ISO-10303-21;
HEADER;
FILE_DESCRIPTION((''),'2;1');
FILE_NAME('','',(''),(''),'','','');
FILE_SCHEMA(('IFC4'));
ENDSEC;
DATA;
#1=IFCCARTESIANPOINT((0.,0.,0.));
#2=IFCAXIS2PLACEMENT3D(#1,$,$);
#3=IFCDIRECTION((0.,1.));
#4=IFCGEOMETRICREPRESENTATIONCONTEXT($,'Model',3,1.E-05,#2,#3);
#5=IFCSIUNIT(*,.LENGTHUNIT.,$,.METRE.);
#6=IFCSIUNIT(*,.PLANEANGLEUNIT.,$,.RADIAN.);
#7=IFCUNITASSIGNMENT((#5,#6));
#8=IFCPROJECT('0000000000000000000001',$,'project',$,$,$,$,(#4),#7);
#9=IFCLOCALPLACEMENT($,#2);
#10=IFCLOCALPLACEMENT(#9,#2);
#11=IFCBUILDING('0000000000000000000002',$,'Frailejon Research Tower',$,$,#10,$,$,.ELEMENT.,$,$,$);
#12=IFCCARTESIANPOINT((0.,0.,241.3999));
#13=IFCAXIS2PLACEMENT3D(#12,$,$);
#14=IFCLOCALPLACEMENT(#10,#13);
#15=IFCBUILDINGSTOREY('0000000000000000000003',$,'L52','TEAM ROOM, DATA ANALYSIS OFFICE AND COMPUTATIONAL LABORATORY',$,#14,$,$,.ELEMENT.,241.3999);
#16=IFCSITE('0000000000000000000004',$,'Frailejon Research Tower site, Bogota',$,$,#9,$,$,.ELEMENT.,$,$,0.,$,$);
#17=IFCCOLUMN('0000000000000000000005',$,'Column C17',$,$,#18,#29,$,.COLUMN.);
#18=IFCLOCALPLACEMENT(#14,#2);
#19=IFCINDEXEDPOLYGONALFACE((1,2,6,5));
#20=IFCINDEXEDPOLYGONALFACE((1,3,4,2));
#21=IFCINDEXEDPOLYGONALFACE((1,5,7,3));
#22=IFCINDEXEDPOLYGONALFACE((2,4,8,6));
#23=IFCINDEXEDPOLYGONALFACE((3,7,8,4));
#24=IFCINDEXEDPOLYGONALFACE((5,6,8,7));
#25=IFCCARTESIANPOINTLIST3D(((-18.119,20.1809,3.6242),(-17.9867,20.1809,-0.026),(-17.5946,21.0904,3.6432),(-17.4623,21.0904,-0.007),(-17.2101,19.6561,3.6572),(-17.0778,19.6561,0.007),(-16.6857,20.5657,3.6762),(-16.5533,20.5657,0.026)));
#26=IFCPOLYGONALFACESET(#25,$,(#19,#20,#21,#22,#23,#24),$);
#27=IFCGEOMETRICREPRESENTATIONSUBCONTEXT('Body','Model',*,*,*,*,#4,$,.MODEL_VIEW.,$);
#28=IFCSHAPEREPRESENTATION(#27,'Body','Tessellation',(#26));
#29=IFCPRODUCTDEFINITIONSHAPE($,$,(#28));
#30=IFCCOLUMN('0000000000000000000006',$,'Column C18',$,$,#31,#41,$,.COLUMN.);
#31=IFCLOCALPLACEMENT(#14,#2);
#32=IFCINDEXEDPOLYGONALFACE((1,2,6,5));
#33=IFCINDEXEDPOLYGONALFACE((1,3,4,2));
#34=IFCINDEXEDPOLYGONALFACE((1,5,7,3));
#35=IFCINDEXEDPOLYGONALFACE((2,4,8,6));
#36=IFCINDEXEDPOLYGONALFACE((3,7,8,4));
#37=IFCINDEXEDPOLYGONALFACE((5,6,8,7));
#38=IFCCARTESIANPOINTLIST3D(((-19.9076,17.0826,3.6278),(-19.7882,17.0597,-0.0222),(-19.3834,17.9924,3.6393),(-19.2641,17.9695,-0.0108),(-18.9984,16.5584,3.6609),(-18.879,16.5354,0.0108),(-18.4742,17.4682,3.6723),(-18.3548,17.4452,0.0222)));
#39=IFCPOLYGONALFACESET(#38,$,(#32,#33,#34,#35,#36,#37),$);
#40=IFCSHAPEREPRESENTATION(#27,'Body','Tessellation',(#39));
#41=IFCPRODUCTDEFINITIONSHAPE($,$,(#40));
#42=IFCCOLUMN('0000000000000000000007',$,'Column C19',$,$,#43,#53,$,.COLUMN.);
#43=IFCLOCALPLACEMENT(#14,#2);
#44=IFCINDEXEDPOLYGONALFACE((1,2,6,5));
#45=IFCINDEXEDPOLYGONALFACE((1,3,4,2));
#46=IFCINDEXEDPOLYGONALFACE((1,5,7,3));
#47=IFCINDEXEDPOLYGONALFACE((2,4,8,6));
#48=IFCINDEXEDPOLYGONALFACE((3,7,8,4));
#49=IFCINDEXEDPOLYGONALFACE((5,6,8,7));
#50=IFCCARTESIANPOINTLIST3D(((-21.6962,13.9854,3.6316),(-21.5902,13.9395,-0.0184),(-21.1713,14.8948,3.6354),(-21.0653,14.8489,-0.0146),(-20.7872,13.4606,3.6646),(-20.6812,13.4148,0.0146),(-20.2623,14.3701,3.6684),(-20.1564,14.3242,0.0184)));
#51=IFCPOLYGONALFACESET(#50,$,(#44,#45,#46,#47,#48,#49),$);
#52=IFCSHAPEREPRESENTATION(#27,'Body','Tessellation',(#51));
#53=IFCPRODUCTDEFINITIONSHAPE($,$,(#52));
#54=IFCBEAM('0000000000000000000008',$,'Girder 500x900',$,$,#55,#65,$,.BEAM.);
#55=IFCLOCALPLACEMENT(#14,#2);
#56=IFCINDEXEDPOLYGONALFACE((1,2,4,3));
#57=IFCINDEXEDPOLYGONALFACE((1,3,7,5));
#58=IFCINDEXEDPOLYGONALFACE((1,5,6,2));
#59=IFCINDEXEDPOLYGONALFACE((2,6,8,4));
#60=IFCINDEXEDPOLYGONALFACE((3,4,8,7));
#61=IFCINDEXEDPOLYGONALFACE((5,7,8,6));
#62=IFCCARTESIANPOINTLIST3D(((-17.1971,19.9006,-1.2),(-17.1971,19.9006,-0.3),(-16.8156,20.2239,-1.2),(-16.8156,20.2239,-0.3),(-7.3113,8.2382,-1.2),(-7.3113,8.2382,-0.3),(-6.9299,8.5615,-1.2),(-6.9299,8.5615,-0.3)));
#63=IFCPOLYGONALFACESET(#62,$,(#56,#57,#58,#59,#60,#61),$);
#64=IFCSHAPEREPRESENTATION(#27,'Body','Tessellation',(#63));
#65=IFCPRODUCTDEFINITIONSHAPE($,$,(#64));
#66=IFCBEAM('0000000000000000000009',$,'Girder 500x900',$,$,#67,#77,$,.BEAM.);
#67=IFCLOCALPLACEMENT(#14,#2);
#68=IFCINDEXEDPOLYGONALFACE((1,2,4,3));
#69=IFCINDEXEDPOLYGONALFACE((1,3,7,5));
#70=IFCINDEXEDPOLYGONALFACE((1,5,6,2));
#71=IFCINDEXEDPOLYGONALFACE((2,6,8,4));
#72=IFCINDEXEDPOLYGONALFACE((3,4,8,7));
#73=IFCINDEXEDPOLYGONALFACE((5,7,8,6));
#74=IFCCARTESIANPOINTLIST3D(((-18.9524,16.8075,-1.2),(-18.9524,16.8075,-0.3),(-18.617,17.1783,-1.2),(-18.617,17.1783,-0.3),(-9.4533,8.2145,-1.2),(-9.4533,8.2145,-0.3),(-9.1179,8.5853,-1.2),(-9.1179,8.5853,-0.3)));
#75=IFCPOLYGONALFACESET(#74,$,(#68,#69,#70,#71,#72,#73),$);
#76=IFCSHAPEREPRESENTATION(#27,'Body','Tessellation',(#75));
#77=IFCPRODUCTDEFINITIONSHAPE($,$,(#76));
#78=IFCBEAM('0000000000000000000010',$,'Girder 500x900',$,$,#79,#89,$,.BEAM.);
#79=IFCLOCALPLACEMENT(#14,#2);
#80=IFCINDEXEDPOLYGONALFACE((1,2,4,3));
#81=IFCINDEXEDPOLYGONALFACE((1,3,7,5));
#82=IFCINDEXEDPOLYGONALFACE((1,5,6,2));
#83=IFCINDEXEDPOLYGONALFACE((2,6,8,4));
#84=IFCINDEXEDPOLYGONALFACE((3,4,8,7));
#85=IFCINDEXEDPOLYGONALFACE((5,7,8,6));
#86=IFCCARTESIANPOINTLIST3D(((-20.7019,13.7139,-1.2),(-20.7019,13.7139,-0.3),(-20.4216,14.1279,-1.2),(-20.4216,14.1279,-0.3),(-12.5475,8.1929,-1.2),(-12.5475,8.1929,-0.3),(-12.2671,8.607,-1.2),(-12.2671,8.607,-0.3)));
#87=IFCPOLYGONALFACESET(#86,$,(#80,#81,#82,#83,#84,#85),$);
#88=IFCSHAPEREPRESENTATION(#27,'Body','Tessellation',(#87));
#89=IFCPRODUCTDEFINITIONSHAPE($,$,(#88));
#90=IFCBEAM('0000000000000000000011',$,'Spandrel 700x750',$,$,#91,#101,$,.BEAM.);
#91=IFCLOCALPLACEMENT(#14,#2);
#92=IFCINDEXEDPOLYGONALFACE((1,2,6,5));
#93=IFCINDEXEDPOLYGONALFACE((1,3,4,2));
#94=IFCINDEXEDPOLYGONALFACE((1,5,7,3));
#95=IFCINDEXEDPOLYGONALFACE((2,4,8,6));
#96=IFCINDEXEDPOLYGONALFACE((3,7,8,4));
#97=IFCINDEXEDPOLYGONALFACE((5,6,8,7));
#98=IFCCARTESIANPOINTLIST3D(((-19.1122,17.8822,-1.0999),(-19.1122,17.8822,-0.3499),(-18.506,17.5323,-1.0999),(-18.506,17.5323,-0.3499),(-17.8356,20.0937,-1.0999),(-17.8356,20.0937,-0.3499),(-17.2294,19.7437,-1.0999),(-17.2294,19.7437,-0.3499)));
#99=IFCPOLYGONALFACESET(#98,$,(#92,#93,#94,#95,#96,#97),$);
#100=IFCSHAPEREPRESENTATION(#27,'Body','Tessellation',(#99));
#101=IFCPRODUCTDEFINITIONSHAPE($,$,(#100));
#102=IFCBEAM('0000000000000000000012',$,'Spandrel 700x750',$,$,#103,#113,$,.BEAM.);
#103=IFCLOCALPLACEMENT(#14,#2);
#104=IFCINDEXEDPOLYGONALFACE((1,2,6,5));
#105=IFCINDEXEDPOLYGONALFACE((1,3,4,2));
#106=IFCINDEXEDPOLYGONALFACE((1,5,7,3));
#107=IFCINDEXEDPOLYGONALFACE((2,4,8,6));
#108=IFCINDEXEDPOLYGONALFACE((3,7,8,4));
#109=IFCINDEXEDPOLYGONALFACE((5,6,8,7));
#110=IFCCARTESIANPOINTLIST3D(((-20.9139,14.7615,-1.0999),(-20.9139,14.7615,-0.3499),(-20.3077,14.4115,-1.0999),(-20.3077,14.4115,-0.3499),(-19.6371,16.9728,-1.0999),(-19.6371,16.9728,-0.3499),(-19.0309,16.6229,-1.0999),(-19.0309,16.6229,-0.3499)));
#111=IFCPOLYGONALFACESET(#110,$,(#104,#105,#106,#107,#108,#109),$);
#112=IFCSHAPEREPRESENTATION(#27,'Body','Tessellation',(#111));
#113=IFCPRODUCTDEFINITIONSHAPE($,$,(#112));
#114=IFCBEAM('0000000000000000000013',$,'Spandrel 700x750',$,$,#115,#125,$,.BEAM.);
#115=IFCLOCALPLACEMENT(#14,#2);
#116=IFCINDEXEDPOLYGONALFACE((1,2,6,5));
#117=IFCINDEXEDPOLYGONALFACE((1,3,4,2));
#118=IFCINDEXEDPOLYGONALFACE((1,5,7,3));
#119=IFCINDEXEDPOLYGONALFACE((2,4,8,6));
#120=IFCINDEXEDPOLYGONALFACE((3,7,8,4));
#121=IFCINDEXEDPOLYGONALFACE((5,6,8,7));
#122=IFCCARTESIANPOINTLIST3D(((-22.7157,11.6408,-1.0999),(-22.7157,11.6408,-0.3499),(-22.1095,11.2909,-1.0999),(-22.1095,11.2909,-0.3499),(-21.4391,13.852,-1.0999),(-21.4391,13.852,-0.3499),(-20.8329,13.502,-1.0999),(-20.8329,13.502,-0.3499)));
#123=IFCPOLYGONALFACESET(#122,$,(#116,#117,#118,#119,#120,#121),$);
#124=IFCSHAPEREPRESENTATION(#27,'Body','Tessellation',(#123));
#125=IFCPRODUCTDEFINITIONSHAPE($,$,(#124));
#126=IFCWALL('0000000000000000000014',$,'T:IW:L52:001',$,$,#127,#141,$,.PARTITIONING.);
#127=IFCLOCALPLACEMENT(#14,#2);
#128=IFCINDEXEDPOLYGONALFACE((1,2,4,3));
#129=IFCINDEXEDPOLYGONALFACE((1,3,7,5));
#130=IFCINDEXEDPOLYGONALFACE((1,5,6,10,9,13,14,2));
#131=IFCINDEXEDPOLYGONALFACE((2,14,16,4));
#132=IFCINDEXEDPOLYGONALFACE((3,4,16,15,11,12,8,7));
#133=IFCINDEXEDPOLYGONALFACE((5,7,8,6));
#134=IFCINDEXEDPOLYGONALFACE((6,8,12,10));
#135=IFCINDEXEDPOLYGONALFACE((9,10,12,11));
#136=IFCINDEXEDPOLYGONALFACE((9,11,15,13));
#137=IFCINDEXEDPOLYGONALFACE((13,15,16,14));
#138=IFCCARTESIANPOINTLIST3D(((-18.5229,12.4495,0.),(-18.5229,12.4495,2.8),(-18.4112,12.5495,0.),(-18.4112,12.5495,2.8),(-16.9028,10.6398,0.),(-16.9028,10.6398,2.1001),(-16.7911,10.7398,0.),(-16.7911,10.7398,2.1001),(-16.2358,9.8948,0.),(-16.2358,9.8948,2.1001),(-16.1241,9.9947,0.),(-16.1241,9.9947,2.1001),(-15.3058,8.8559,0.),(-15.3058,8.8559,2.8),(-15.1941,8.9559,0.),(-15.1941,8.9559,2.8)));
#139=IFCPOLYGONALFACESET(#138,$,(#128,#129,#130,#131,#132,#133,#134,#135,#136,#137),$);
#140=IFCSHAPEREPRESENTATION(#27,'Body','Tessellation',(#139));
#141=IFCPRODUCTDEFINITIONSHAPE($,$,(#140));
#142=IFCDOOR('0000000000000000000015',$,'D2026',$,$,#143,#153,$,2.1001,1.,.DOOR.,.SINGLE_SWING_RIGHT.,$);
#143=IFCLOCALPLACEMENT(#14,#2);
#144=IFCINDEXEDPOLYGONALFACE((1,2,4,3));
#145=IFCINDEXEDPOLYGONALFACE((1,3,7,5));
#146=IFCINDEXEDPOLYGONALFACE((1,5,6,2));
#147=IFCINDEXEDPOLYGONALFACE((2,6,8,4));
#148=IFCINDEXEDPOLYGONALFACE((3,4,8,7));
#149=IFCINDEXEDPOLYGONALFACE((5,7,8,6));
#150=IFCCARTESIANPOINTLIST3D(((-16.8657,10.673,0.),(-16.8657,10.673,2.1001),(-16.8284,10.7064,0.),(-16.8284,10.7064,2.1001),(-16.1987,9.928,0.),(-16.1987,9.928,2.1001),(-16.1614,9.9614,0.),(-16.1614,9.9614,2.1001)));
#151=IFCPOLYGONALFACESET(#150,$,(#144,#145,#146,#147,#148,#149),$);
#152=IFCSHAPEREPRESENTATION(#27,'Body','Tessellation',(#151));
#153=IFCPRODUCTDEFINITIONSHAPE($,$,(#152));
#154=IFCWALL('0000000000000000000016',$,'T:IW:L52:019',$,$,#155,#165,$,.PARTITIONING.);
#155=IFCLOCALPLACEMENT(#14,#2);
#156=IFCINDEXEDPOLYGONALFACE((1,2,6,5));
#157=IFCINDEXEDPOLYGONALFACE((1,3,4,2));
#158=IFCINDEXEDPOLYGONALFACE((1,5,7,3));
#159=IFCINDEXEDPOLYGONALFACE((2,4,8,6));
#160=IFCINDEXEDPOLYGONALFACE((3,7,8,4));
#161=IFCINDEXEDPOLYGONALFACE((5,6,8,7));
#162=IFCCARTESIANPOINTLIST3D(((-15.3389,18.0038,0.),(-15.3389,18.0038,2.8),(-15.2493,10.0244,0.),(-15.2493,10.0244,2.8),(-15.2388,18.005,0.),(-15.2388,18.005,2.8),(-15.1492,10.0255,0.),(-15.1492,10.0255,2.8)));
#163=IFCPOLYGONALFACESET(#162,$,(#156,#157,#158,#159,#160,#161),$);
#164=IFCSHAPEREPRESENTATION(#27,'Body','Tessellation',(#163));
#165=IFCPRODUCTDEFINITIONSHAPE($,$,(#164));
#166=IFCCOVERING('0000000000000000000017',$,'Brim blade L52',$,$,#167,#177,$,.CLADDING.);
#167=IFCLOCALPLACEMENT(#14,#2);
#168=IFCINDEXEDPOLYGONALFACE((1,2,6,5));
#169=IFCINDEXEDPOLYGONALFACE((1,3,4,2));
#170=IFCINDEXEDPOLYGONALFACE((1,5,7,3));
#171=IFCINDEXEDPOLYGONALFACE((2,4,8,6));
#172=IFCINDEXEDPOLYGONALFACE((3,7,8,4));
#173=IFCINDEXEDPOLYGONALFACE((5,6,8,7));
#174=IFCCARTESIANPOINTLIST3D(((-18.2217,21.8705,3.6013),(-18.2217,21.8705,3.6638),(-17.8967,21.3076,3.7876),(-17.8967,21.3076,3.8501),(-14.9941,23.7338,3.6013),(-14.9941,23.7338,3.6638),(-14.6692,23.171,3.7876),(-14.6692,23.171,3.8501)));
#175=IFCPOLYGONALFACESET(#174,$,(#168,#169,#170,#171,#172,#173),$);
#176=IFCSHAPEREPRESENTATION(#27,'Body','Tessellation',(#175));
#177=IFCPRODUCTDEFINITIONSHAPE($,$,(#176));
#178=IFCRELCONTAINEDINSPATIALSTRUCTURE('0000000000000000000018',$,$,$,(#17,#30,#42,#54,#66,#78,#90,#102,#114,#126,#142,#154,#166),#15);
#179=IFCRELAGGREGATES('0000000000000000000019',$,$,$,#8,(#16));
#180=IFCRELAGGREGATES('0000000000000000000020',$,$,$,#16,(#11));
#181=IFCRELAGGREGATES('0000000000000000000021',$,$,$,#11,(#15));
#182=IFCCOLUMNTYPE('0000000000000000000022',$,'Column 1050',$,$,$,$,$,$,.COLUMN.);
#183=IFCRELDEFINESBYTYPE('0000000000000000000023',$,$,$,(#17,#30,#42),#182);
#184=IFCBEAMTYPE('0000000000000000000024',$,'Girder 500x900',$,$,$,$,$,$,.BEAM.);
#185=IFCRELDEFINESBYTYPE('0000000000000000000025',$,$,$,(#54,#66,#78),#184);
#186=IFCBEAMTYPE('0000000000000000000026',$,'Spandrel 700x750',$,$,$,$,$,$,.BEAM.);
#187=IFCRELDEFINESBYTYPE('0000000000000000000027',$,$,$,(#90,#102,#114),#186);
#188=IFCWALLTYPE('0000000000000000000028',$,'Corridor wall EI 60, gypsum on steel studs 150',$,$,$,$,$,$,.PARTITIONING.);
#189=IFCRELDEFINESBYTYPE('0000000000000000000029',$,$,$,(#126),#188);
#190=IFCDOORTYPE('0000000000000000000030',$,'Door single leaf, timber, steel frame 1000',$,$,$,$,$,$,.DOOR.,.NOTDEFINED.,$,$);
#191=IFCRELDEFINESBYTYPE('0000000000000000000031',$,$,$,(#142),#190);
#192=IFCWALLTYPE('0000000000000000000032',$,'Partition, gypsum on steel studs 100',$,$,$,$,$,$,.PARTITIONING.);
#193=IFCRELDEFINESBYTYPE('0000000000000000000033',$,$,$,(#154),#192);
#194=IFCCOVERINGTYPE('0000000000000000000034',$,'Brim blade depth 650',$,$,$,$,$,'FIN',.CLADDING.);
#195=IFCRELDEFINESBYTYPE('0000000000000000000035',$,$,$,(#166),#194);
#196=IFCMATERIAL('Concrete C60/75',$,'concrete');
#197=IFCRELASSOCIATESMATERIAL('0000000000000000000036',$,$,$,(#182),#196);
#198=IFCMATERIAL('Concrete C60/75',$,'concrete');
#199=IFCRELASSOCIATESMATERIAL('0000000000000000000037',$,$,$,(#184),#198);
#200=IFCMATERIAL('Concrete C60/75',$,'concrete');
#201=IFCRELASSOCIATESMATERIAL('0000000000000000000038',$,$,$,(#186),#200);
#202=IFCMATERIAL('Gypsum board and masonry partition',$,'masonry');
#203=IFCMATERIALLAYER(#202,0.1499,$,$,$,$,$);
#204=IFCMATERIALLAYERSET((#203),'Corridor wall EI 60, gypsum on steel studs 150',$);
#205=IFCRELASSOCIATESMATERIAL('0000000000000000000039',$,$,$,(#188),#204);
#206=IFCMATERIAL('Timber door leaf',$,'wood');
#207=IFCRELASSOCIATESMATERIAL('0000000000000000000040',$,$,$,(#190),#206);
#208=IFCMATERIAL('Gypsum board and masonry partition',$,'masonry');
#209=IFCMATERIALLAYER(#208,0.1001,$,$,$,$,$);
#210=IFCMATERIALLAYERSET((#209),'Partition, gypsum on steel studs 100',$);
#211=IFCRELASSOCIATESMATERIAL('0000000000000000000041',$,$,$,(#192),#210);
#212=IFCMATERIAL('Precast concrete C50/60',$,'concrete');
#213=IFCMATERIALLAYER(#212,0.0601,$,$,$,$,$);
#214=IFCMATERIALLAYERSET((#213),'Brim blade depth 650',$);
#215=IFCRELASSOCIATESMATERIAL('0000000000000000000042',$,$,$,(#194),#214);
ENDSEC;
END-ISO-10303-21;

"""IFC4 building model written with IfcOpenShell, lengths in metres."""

from ifc_helpers import new_model, si_unit, direction, frame, frame_2d, origin, origin_2d, place, context, subcontext, project, spatial, polyline, rectangle, outline, extrude, material, layer, layer_set, material_profile, profile_set, type_object, element, fill, save


model = new_model("IFC4")

# Units and contexts
model_context = context("Model", 3, precision=1e-05, world=origin(), true_north=direction((0.0, 1.0)))
body_context = subcontext(model_context, "Body", "Model", "MODEL_VIEW")
ifc_project = project(units=[si_unit("LENGTHUNIT", "METRE"), si_unit("PLANEANGLEUNIT", "RADIAN")], contexts=[model_context])

# Site, building, storey
site_placement = place(None, origin())
site = spatial("IfcSite", under=ifc_project, at=site_placement, Name="Frailejon Research Tower site, Bogota", CompositionType="ELEMENT", RefElevation=0.0)
building_placement = place(site_placement, origin())
building = spatial("IfcBuilding", under=site, at=building_placement, Name="Frailejon Research Tower", CompositionType="ELEMENT")
storey_placement = place(building_placement, frame((0.0, 0.0, 241.3999)))
storey = spatial("IfcBuildingStorey", under=building, at=storey_placement, Name="L52", Description="TEAM ROOM, DATA ANALYSIS OFFICE AND COMPUTATIONAL LABORATORY", CompositionType="ELEMENT", Elevation=241.3999)

# Columns
ifc_material_1 = material(Name="Concrete C60/75", Category="concrete")
ifc_material_profile_1 = material_profile(ifc_material_1, rectangle(XDim=1.05, YDim=1.05, at=origin_2d()), Name="Column 1050")
ifc_profile_set_1 = profile_set([ifc_material_profile_1], Name="Concrete C60/75")
column_type = type_object("IfcColumnType", Name="Column 1050", PredefinedType="COLUMN", material=ifc_profile_set_1)
column_1_placement = place(storey_placement, frame((-17.27, 20.3733, 0.0), z_axis=(-0.036228, 0.0, 0.999344), x_axis=(-0.499426, -0.866168, -0.018105)))
element("IfcColumn", 1, at=column_1_placement, inside=storey, type_object=column_type, Name="Column C17", PredefinedType="COLUMN", context=body_context, shape_type="SweptSolid", body=[
    extrude(rectangle(XDim=1.05, YDim=1.05, at=origin_2d()), origin(), (0.0, 0.0, 1.0), 3.6526),
])
column_2_placement = place(storey_placement, frame((-19.0715, 17.2524, 0.0), z_axis=(-0.032689, 0.006284, 0.999446), x_axis=(-0.49919, -0.866424, -0.01088)))
element("IfcColumn", 2, at=column_2_placement, inside=storey, type_object=column_type, Name="Column C18", PredefinedType="COLUMN", context=body_context, shape_type="SweptSolid", body=[
    extrude(rectangle(XDim=1.05, YDim=1.05, at=origin_2d()), origin(), (0.0, 0.0, 1.0), 3.6521),
])
column_3_placement = place(storey_placement, frame((-20.8733, 14.1318, 0.0), z_axis=(-0.029014, 0.012568, 0.9995), x_axis=(-0.499849, -0.866105, -0.003619)))
element("IfcColumn", 3, at=column_3_placement, inside=storey, type_object=column_type, Name="Column C19", PredefinedType="COLUMN", context=body_context, shape_type="SweptSolid", body=[
    extrude(rectangle(XDim=1.05, YDim=1.05, at=origin_2d()), origin(), (0.0, 0.0, 1.0), 3.6519),
])

# Beams
ifc_material_2 = material(Name="Concrete C60/75", Category="concrete")
ifc_material_profile_2 = material_profile(ifc_material_2, rectangle(XDim=0.5, YDim=0.8999, at=origin_2d()), Name="Girder 500x900")
ifc_profile_set_2 = profile_set([ifc_material_profile_2], Name="Concrete C60/75")
beam_type_1 = type_object("IfcBeamType", Name="Girder 500x900", PredefinedType="BEAM", material=ifc_profile_set_2)
beam_1_placement = place(storey_placement, frame((-17.0063, 20.0623, -0.75), z_axis=(0.646613, -0.762818, 0.0), x_axis=(0.762818, 0.646613, 0.0)))
element("IfcBeam", 4, at=beam_1_placement, inside=storey, type_object=beam_type_1, Name="Girder 500x900", PredefinedType="BEAM", context=body_context, shape_type="SweptSolid", body=[
    extrude(rectangle(XDim=0.5, YDim=0.8999, at=origin_2d()), origin(), (0.0, 0.0, 1.0), 15.2886),
])
beam_2_placement = place(storey_placement, frame((-18.7847, 16.9929, -0.75), z_axis=(0.741588, -0.670856, 0.0), x_axis=(0.670856, 0.741588, 0.0)))
element("IfcBeam", 5, at=beam_2_placement, inside=storey, type_object=beam_type_1, Name="Girder 500x900", PredefinedType="BEAM", context=body_context, shape_type="SweptSolid", body=[
    extrude(rectangle(XDim=0.5, YDim=0.8999, at=origin_2d()), origin(), (0.0, 0.0, 1.0), 12.8091),
])
beam_3_placement = place(storey_placement, frame((-20.5618, 13.9209, -0.75), z_axis=(0.828062, -0.560636, 0.0), x_axis=(0.560636, 0.828062, 0.0)))
element("IfcBeam", 6, at=beam_3_placement, inside=storey, type_object=beam_type_1, Name="Girder 500x900", PredefinedType="BEAM", context=body_context, shape_type="SweptSolid", body=[
    extrude(rectangle(XDim=0.5, YDim=0.8999, at=origin_2d()), origin(), (0.0, 0.0, 1.0), 9.8477),
])
ifc_material_3 = material(Name="Concrete C60/75", Category="concrete")
ifc_material_profile_3 = material_profile(ifc_material_3, rectangle(XDim=0.7, YDim=0.75, at=origin_2d()), Name="Spandrel 700x750")
ifc_profile_set_3 = profile_set([ifc_material_profile_3], Name="Concrete C60/75")
beam_type_2 = type_object("IfcBeamType", Name="Spandrel 700x750", PredefinedType="BEAM", material=ifc_profile_set_3)
for number, where, z_axis, x_axis, name in (
    (7, (-17.5325, 19.9187, -0.7249), (-0.499954, -0.866052, 0.0), (0.866052, -0.499954, 0.0), "Spandrel 700x750"),
    (8, (-19.334, 16.7979, -0.7249), (-0.500026, -0.86601, 0.0), (0.86601, -0.500026, 0.0), "Spandrel 700x750"),
):
    element("IfcBeam", number, at=place(storey_placement, frame(where, z_axis=z_axis, x_axis=x_axis)), inside=storey, type_object=beam_type_2, Name=name, PredefinedType="BEAM", context=body_context, shape_type="SweptSolid", body=[
        extrude(rectangle(XDim=0.7, YDim=0.75, at=origin_2d()), origin(), (0.0, 0.0, 1.0), 2.5535),
    ])
beam_4_placement = place(storey_placement, frame((-21.136, 13.677, -0.7249), z_axis=(-0.499996, -0.866028, 0.0), x_axis=(0.866028, -0.499996, 0.0)))
element("IfcBeam", 9, at=beam_4_placement, inside=storey, type_object=beam_type_2, Name="Spandrel 700x750", PredefinedType="BEAM", context=body_context, shape_type="SweptSolid", body=[
    extrude(rectangle(XDim=0.7, YDim=0.75, at=origin_2d()), origin(), (0.0, 0.0, 1.0), 2.5532),
])

# Wall, opening, door
ifc_material_4 = material(Name="Gypsum board and masonry partition", Category="masonry")
ifc_layer_1 = layer(ifc_material_4, 0.1499)
ifc_layer_set_1 = layer_set([ifc_layer_1], Name="Corridor wall EI 60, gypsum on steel studs 150")
wall_type_1 = type_object("IfcWallType", Name="Corridor wall EI 60, gypsum on steel studs 150", PredefinedType="PARTITIONING", material=ifc_layer_set_1)
wall_1_placement = place(storey_placement, frame((-18.467, 12.4995, 0.0), z_axis=(0.0, 0.0, 1.0), x_axis=(0.667002, -0.745056, 0.0)))
wall_1 = element("IfcWall", 10, at=wall_1_placement, inside=storey, type_object=wall_type_1, Name="T:IW:L52:001", PredefinedType="PARTITIONING", context=body_context, shape_type="SweptSolid", body=[
    extrude(rectangle(XDim=4.8232, YDim=0.1499, at=frame_2d((2.4116, 0.0))), origin(), (0.0, 0.0, 1.0), 2.8),
])
opening_1_placement = place(wall_1_placement, frame((2.429, 0.0, 0.0)))
opening_1 = element("IfcOpeningElement", 11, at=opening_1_placement, cuts=wall_1, PredefinedType="OPENING", context=body_context, shape_type="SweptSolid", body=[
    extrude(rectangle(XDim=1.0, YDim=2.1001, at=frame_2d((0.5, 1.05))), frame((0.0, 0.085, 0.0), z_axis=(0.0, -1.0, 0.0), x_axis=(1.0, 0.0, 0.0)), (0.0, 0.0, 1.0), 0.1699),
])
ifc_material_5 = material(Name="Timber door leaf", Category="wood")
door_type_1 = type_object("IfcDoorType", Name="Door single leaf, timber, steel frame 1000", OperationType="NOTDEFINED", PredefinedType="DOOR", material=ifc_material_5)
door_1_placement = place(opening_1_placement, origin())
door_1 = element("IfcDoor", 12, at=door_1_placement, inside=storey, type_object=door_type_1, Name="D2026", OperationType="SINGLE_SWING_RIGHT", OverallHeight=2.1001, OverallWidth=1.0, PredefinedType="DOOR", context=body_context, shape_type="SweptSolid", body=[
    extrude(rectangle(XDim=1.0, YDim=2.1001, at=frame_2d((0.5, 1.05))), frame((0.0, 0.0249, 0.0), z_axis=(0.0, -1.0, 0.0), x_axis=(1.0, 0.0, 0.0)), (0.0, 0.0, 1.0), 0.05),
])
fill(opening_1, door_1)

# Wall
ifc_material_6 = material(Name="Gypsum board and masonry partition", Category="masonry")
ifc_layer_2 = layer(ifc_material_6, 0.1001)
ifc_layer_set_2 = layer_set([ifc_layer_2], Name="Partition, gypsum on steel studs 100")
wall_type_2 = type_object("IfcWallType", Name="Partition, gypsum on steel studs 100", PredefinedType="PARTITIONING", material=ifc_layer_set_2)
wall_2_placement = place(storey_placement, frame((-15.2888, 18.0044, 0.0), z_axis=(0.0, 0.0, 1.0), x_axis=(0.011228, -0.999937, 0.0)))
element("IfcWall", 13, at=wall_2_placement, inside=storey, type_object=wall_type_2, Name="T:IW:L52:019", PredefinedType="PARTITIONING", context=body_context, shape_type="SweptSolid", body=[
    extrude(rectangle(XDim=7.98, YDim=0.1001, at=frame_2d((3.99, 0.0))), origin(), (0.0, 0.0, 1.0), 2.8),
])

# Covering
ifc_material_7 = material(Name="Precast concrete C50/60", Category="concrete")
ifc_layer_3 = layer(ifc_material_7, 0.0601)
ifc_layer_set_3 = layer_set([ifc_layer_3], Name="Brim blade depth 650")
covering_type_1 = type_object("IfcCoveringType", Name="Brim blade depth 650", ElementType="FIN", PredefinedType="CLADDING", material=ifc_layer_set_3)
covering_1_placement = place(storey_placement, frame((-17.8967, 21.3076, 3.8501), z_axis=(0.86603, 0.499992, 0.0), x_axis=(-0.499992, 0.86603, 0.0)))
element("IfcCovering", 14, at=covering_1_placement, inside=storey, type_object=covering_type_1, Name="Brim blade L52", PredefinedType="CLADDING", context=body_context, shape_type="SweptSolid", body=[
    extrude(outline(polyline([(0.0, -0.0625), (0.6499, -0.2488), (0.6499, -0.1863), (0.0, 0.0), (0.0, -0.0625)])), origin(), (0.0, 0.0, 1.0), 3.7268),
])

save(model, "model.ifc")
